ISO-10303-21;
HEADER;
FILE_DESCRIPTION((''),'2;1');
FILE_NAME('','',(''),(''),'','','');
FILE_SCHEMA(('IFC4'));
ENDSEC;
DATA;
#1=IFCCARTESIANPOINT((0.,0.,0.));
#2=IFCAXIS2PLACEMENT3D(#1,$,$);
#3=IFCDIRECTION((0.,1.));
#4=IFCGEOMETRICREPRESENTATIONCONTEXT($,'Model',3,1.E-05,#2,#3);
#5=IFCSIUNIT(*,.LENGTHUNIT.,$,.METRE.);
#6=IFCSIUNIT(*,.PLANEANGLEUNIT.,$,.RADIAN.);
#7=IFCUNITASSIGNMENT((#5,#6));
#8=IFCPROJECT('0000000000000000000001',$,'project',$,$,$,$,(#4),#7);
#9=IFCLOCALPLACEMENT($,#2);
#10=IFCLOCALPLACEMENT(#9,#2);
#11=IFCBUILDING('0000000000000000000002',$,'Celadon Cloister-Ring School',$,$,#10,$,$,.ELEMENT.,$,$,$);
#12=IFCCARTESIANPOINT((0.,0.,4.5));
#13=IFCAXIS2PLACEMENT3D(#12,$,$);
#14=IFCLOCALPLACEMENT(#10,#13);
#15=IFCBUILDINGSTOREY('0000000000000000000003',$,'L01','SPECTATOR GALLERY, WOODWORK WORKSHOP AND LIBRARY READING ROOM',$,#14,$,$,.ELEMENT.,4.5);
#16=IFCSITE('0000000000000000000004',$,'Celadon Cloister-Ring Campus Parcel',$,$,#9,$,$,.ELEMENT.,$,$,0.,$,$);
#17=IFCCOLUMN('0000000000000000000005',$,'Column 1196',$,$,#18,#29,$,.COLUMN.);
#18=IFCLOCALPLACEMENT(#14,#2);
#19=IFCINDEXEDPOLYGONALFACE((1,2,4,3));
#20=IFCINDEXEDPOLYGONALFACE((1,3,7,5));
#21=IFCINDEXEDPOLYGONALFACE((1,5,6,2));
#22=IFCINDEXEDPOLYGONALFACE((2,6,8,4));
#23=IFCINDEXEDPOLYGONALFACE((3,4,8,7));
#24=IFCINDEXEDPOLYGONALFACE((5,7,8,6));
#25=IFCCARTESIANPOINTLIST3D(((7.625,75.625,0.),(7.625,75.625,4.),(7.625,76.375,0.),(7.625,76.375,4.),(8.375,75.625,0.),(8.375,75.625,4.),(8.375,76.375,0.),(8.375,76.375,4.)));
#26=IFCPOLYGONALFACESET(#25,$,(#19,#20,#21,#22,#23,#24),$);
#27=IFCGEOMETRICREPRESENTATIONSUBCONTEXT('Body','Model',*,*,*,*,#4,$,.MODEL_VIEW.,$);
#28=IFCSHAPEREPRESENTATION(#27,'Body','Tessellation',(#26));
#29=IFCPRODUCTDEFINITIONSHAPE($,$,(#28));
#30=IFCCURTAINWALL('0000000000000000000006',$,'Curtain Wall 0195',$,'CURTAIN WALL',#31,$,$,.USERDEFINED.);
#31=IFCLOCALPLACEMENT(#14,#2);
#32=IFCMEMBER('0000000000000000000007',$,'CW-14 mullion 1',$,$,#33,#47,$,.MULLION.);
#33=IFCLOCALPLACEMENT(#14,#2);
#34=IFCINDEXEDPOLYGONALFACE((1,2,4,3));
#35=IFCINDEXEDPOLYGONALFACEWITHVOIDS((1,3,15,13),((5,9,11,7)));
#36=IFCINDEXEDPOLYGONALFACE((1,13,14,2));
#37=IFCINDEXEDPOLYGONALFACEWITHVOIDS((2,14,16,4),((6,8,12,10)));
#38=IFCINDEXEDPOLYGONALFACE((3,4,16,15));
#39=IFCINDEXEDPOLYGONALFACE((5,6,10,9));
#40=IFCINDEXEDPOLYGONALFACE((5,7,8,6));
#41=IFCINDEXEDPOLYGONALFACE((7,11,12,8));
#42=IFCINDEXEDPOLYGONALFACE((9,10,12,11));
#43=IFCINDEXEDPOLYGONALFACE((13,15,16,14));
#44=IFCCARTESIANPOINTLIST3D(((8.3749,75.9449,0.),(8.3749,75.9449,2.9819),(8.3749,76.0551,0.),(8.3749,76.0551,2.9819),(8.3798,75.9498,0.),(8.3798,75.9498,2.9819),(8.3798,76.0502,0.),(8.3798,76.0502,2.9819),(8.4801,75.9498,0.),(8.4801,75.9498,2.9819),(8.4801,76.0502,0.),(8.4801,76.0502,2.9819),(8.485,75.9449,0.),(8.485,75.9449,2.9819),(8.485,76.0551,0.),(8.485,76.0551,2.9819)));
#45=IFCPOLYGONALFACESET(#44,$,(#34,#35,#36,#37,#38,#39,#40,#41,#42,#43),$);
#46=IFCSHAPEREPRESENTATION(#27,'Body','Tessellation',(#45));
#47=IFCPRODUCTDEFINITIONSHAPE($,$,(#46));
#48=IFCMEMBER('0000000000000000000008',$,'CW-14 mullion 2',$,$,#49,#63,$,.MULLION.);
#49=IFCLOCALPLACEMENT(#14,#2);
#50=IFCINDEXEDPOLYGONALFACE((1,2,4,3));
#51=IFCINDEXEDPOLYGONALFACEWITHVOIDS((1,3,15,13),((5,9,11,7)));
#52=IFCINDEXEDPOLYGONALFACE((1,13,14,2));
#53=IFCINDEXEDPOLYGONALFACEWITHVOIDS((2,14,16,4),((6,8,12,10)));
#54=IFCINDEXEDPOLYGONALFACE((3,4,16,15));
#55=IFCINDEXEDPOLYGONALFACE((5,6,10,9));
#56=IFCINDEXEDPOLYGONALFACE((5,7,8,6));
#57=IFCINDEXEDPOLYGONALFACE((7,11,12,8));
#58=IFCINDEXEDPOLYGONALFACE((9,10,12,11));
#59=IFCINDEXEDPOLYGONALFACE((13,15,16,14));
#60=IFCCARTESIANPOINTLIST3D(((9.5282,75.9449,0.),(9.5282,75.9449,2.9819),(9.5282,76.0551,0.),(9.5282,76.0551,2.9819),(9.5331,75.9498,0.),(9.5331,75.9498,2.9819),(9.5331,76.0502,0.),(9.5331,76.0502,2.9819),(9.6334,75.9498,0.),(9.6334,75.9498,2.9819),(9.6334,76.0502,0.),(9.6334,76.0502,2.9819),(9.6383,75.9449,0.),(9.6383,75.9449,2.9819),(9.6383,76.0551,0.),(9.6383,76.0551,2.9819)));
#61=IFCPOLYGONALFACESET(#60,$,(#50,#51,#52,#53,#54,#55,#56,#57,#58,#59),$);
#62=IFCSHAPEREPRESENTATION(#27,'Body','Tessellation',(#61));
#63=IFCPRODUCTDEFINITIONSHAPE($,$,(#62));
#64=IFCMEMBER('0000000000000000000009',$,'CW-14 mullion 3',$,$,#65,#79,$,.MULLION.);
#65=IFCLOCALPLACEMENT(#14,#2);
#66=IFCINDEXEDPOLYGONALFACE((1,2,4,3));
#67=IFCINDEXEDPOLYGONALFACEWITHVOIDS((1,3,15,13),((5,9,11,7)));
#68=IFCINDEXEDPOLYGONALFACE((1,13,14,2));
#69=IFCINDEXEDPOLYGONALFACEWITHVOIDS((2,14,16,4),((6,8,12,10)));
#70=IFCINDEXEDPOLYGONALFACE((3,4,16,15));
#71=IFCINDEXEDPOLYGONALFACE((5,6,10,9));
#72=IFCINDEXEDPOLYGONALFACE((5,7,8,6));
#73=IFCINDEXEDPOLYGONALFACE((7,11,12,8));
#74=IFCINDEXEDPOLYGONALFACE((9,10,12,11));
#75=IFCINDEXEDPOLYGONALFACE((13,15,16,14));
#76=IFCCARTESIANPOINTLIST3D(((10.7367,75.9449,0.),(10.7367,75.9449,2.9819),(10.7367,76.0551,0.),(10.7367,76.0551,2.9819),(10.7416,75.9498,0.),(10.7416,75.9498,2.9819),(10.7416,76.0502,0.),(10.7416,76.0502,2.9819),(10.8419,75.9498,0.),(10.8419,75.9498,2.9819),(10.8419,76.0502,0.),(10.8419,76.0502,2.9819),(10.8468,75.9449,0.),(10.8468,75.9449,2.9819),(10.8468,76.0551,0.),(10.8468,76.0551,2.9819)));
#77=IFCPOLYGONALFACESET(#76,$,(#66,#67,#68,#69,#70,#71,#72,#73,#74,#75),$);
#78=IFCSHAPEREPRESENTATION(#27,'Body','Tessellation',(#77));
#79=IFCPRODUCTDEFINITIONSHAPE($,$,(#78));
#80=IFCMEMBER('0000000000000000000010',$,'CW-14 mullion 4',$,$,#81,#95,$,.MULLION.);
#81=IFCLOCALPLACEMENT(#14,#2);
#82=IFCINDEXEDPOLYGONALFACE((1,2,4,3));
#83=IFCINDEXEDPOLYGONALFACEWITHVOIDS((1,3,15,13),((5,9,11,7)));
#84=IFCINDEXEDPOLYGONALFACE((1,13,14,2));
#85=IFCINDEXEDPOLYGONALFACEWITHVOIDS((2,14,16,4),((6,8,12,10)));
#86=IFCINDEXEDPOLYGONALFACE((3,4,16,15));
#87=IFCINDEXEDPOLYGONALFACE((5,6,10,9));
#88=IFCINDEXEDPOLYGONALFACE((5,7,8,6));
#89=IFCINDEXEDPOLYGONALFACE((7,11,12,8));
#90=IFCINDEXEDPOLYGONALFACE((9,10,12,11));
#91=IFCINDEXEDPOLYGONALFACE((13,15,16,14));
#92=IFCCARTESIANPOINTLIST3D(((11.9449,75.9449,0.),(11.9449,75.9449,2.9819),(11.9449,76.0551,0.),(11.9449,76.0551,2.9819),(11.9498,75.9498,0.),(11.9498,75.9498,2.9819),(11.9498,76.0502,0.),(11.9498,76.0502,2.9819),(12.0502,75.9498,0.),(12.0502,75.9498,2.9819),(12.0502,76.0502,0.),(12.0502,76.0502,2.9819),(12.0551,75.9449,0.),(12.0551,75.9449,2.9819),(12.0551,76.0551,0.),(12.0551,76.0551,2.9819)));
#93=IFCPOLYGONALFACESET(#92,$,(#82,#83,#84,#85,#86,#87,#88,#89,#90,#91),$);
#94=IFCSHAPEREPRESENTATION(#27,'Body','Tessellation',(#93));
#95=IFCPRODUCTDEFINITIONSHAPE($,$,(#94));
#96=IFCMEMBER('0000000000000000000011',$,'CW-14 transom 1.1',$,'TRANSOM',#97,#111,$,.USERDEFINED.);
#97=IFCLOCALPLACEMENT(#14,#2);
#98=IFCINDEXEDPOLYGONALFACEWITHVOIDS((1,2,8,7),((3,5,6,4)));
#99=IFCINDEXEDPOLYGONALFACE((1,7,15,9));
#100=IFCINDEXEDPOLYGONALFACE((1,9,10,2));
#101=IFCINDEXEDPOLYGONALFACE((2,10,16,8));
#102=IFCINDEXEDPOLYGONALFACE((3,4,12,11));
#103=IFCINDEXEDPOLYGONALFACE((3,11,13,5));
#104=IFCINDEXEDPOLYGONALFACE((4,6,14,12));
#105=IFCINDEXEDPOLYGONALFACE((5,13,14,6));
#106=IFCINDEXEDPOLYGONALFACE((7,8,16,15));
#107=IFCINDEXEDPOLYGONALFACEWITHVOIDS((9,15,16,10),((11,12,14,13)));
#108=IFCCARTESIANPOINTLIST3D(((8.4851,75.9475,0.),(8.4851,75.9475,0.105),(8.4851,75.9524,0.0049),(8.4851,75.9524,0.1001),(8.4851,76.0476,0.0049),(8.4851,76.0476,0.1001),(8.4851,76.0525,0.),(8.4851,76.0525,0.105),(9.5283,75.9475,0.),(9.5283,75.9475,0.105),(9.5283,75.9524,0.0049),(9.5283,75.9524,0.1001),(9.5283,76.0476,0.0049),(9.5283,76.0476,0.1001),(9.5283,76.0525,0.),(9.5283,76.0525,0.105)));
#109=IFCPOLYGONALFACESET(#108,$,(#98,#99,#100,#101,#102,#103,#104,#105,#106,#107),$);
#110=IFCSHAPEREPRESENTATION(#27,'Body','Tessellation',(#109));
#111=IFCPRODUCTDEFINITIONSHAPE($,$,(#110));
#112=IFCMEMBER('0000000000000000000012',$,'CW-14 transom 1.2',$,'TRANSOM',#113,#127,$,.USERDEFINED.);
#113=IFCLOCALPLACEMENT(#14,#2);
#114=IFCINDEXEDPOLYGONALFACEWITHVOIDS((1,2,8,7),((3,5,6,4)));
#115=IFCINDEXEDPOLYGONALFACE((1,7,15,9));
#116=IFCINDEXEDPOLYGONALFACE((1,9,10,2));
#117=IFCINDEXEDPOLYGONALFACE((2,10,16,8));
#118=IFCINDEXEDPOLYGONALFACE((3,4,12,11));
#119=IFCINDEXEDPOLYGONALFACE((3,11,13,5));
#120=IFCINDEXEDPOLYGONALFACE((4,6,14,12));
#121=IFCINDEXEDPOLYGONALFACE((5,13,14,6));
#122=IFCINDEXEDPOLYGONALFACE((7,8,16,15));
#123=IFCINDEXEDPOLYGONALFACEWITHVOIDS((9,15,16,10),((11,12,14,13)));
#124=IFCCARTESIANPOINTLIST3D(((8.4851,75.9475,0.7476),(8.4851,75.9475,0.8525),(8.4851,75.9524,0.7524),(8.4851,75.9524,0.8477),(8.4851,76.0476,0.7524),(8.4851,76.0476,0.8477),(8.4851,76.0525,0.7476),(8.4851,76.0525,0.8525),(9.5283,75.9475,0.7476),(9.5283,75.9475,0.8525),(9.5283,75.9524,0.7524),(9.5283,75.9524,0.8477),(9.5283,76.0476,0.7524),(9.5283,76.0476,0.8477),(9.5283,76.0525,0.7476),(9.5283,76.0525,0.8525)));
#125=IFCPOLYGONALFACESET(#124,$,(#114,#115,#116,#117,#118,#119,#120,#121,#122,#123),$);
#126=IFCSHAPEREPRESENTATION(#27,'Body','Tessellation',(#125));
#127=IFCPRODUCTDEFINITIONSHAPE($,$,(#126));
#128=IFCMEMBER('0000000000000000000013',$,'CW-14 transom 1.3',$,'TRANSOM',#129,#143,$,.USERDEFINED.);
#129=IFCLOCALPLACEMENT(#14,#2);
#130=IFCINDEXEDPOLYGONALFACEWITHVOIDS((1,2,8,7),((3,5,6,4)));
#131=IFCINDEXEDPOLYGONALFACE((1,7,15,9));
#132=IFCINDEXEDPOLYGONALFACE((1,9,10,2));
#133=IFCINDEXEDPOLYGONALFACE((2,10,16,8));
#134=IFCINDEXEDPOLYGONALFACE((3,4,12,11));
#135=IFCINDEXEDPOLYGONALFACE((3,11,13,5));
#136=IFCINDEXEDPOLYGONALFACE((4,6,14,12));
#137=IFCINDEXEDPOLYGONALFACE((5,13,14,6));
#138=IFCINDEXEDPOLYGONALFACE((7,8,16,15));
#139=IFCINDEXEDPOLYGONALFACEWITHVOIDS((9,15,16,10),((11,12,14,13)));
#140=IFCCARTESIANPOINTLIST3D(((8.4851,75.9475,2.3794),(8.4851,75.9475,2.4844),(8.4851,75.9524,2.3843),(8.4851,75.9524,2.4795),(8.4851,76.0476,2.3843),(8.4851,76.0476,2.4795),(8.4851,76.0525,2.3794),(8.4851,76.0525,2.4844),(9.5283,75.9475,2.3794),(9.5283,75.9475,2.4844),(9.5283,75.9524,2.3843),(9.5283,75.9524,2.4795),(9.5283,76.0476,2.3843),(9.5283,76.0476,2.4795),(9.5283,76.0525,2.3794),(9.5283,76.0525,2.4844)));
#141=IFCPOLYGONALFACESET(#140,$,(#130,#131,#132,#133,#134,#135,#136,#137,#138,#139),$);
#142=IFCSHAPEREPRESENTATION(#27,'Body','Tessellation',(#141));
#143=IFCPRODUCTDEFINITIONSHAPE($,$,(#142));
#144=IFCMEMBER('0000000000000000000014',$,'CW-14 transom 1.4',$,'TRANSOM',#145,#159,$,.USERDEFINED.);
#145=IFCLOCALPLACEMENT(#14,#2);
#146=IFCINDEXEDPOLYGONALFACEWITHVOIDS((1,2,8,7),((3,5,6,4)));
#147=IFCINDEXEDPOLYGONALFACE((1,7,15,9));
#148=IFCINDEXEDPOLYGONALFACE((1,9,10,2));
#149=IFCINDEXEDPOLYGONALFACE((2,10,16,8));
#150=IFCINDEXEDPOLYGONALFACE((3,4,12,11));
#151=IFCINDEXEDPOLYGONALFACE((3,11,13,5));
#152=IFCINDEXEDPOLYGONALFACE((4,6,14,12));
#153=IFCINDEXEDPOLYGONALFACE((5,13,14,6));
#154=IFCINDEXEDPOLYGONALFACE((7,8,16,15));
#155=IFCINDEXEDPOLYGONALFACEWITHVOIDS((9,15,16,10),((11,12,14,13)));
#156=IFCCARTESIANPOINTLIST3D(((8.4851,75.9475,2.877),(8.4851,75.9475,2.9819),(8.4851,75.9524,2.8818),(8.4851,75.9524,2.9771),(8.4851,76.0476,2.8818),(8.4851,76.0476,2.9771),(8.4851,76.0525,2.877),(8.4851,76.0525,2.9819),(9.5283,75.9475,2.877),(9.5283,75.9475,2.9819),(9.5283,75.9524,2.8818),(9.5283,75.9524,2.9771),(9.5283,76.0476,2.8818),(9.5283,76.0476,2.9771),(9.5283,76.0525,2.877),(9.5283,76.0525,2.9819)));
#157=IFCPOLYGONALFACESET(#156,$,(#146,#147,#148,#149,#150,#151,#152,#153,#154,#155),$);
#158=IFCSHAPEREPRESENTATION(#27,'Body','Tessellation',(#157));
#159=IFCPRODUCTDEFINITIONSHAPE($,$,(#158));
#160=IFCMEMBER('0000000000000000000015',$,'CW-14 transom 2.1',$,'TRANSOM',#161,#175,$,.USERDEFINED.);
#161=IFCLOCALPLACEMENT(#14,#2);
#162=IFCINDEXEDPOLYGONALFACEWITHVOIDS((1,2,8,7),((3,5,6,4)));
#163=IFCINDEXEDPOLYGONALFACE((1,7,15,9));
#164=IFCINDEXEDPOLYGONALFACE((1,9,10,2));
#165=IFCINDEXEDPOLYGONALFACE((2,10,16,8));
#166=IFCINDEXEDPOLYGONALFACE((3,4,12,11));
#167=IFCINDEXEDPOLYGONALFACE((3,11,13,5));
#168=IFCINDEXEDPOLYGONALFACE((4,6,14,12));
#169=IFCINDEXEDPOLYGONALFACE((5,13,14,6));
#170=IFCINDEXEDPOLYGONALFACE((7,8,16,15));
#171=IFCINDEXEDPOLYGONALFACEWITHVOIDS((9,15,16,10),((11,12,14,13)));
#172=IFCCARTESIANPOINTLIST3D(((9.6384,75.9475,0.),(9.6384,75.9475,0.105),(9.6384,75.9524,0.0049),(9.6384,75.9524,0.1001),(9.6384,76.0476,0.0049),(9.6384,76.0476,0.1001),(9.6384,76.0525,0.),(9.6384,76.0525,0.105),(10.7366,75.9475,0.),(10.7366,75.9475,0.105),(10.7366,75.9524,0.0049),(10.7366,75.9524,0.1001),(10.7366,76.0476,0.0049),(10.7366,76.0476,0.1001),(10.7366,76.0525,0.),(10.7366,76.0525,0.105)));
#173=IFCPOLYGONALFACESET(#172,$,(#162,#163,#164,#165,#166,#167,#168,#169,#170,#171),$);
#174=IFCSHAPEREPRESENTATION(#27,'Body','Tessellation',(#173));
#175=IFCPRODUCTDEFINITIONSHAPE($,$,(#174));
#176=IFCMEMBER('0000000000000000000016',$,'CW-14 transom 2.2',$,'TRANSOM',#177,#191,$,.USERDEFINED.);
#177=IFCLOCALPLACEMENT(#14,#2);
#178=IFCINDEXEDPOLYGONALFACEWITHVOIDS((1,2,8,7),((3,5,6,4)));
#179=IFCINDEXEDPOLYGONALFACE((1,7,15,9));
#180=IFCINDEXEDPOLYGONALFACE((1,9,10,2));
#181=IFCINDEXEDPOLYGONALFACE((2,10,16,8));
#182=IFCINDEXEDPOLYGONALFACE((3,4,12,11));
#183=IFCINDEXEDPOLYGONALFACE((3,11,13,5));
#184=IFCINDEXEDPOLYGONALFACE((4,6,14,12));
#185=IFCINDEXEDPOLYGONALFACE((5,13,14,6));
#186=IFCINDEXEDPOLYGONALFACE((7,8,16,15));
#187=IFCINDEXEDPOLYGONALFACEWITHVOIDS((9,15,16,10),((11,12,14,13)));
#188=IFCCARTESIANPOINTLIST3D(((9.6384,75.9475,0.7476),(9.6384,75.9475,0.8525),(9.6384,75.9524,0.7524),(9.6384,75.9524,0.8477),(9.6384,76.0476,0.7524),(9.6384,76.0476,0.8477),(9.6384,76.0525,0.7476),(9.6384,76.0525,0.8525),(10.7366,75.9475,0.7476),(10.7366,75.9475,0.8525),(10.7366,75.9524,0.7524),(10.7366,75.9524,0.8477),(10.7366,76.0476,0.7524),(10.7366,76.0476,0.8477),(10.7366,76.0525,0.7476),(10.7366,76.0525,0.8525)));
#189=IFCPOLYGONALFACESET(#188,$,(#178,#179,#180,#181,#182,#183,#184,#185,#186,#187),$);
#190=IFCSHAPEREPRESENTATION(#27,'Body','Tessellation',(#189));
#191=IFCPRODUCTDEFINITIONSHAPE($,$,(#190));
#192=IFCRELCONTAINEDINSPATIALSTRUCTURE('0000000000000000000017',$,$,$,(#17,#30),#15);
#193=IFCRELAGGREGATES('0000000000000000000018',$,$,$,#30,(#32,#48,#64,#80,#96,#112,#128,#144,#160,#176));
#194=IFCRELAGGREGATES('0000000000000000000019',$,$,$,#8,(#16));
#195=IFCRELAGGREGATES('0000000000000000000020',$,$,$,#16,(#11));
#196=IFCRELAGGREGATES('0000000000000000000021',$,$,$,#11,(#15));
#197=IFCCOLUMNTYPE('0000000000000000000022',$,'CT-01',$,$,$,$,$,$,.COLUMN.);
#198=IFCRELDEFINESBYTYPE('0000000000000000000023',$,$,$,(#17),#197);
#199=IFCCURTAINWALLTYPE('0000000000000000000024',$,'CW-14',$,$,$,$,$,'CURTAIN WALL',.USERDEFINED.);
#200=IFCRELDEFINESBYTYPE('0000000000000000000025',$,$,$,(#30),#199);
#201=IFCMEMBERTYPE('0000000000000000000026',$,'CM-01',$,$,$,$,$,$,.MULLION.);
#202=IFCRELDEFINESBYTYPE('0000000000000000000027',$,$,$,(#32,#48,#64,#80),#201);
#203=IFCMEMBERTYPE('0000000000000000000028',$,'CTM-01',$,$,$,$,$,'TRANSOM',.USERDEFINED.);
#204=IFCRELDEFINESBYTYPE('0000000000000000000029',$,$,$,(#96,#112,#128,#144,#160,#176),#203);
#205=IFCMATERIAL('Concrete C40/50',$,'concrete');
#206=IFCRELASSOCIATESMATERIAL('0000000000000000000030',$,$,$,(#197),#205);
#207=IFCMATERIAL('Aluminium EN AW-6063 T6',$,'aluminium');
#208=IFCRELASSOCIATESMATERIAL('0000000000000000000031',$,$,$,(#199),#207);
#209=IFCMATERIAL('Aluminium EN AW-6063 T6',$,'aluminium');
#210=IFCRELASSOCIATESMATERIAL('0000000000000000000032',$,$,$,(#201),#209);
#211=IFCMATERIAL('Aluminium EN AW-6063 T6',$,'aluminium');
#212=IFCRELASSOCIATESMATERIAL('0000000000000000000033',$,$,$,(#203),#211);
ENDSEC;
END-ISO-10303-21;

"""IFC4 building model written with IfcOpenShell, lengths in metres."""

from ifc_helpers import new_model, si_unit, direction, frame, origin, origin_2d, place, context, subcontext, project, spatial, rectangle, hollow_rectangle, extrude, material, material_profile, profile_set, type_object, element, aggregate, save


model = new_model("IFC4")

# Units and contexts
model_context = context("Model", 3, precision=1e-05, world=origin(), true_north=direction((0.0, 1.0)))
body_context = subcontext(model_context, "Body", "Model", "MODEL_VIEW")
ifc_project = project(units=[si_unit("LENGTHUNIT", "METRE"), si_unit("PLANEANGLEUNIT", "RADIAN")], contexts=[model_context])

# Site, building, storey
site_placement = place(None, origin())
site = spatial("IfcSite", under=ifc_project, at=site_placement, Name="Celadon Cloister-Ring Campus Parcel", CompositionType="ELEMENT", RefElevation=0.0)
building_placement = place(site_placement, origin())
building = spatial("IfcBuilding", under=site, at=building_placement, Name="Celadon Cloister-Ring School", CompositionType="ELEMENT")
storey_placement = place(building_placement, frame((0.0, 0.0, 4.5)))
storey = spatial("IfcBuildingStorey", under=building, at=storey_placement, Name="L01", Description="SPECTATOR GALLERY, WOODWORK WORKSHOP AND LIBRARY READING ROOM", CompositionType="ELEMENT", Elevation=4.5)

# Column
ifc_material_1 = material(Name="Concrete C40/50", Category="concrete")
ifc_material_profile_1 = material_profile(ifc_material_1, rectangle(XDim=0.75, YDim=0.75, at=origin_2d()), Name="RC750X750")
ifc_profile_set_1 = profile_set([ifc_material_profile_1], Name="Concrete C40/50")
column_type = type_object("IfcColumnType", Name="CT-01", PredefinedType="COLUMN", material=ifc_profile_set_1)
column_placement = place(storey_placement, frame((8.0, 76.0, 0.0), z_axis=(0.0, 0.0, 1.0), x_axis=(1.0, 0.0, 0.0)))
element("IfcColumn", 1, at=column_placement, inside=storey, type_object=column_type, Name="Column 1196", PredefinedType="COLUMN", context=body_context, shape_type="SweptSolid", body=[
    extrude(rectangle(XDim=0.75, YDim=0.75, at=origin_2d()), origin(), (0.0, 0.0, 1.0), 4.0),
])

# Curtain wall, members
ifc_material_2 = material(Name="Aluminium EN AW-6063 T6", Category="aluminium")
curtain_wall_type = type_object("IfcCurtainWallType", Name="CW-14", ElementType="CURTAIN WALL", PredefinedType="USERDEFINED", material=ifc_material_2)
curtain_wall_placement = place(storey_placement, origin())
curtain_wall = element("IfcCurtainWall", 2, at=curtain_wall_placement, inside=storey, type_object=curtain_wall_type, Name="Curtain Wall 0195", ObjectType="CURTAIN WALL", PredefinedType="USERDEFINED")
ifc_material_3 = material(Name="Aluminium EN AW-6063 T6", Category="aluminium")
ifc_material_profile_2 = material_profile(ifc_material_3, hollow_rectangle(XDim=0.1101, YDim=0.1101, WallThickness=0.0049, at=origin_2d()), Name="RHS110X110X5")
ifc_profile_set_2 = profile_set([ifc_material_profile_2], Name="Aluminium EN AW-6063 T6")
member_type_1 = type_object("IfcMemberType", Name="CM-01", PredefinedType="MULLION", material=ifc_profile_set_2)
member_1_placement = place(storey_placement, frame((8.4299, 76.0, 0.0), z_axis=(0.0, 0.0, 1.0), x_axis=(0.0, 1.0, 0.0)))
member_1 = element("IfcMember", 3, at=member_1_placement, type_object=member_type_1, Name="CW-14 mullion 1", PredefinedType="MULLION", context=body_context, shape_type="SweptSolid", body=[
    extrude(hollow_rectangle(XDim=0.1101, YDim=0.1101, WallThickness=0.0049, at=origin_2d()), origin(), (0.0, 0.0, 1.0), 2.9819),
])
member_2_placement = place(storey_placement, frame((9.5833, 76.0, 0.0), z_axis=(0.0, 0.0, 1.0), x_axis=(0.0, 1.0, 0.0)))
member_2 = element("IfcMember", 4, at=member_2_placement, type_object=member_type_1, Name="CW-14 mullion 2", PredefinedType="MULLION", context=body_context, shape_type="SweptSolid", body=[
    extrude(hollow_rectangle(XDim=0.1101, YDim=0.1101, WallThickness=0.0049, at=origin_2d()), origin(), (0.0, 0.0, 1.0), 2.9819),
])
member_3_placement = place(storey_placement, frame((10.7917, 76.0, 0.0), z_axis=(0.0, 0.0, 1.0), x_axis=(0.0, 1.0, 0.0)))
member_3 = element("IfcMember", 5, at=member_3_placement, type_object=member_type_1, Name="CW-14 mullion 3", PredefinedType="MULLION", context=body_context, shape_type="SweptSolid", body=[
    extrude(hollow_rectangle(XDim=0.1101, YDim=0.1101, WallThickness=0.0049, at=origin_2d()), origin(), (0.0, 0.0, 1.0), 2.9819),
])
member_4_placement = place(storey_placement, frame((12.0, 76.0, 0.0), z_axis=(0.0, 0.0, 1.0), x_axis=(0.0, 1.0, 0.0)))
member_4 = element("IfcMember", 6, at=member_4_placement, type_object=member_type_1, Name="CW-14 mullion 4", PredefinedType="MULLION", context=body_context, shape_type="SweptSolid", body=[
    extrude(hollow_rectangle(XDim=0.1101, YDim=0.1101, WallThickness=0.0049, at=origin_2d()), origin(), (0.0, 0.0, 1.0), 2.9819),
])
ifc_material_4 = material(Name="Aluminium EN AW-6063 T6", Category="aluminium")
ifc_material_profile_3 = material_profile(ifc_material_4, hollow_rectangle(XDim=0.105, YDim=0.105, WallThickness=0.0049, at=origin_2d()), Name="RHS105X105X5")
ifc_profile_set_3 = profile_set([ifc_material_profile_3], Name="Aluminium EN AW-6063 T6")
member_type_2 = type_object("IfcMemberType", Name="CTM-01", ElementType="TRANSOM", PredefinedType="USERDEFINED", material=ifc_profile_set_3)
member_5_placement = place(storey_placement, frame((8.4851, 76.0, 0.0525), z_axis=(1.0, 0.0, 0.0), x_axis=(0.0, 1.0, 0.0)))
member_5 = element("IfcMember", 7, at=member_5_placement, type_object=member_type_2, Name="CW-14 transom 1.1", ObjectType="TRANSOM", PredefinedType="USERDEFINED", context=body_context, shape_type="SweptSolid", body=[
    extrude(hollow_rectangle(XDim=0.105, YDim=0.105, WallThickness=0.0049, at=origin_2d()), origin(), (0.0, 0.0, 1.0), 1.0432),
])
member_6_placement = place(storey_placement, frame((8.4851, 76.0, 0.8), z_axis=(1.0, 0.0, 0.0), x_axis=(0.0, 1.0, 0.0)))
member_6 = element("IfcMember", 8, at=member_6_placement, type_object=member_type_2, Name="CW-14 transom 1.2", ObjectType="TRANSOM", PredefinedType="USERDEFINED", context=body_context, shape_type="SweptSolid", body=[
    extrude(hollow_rectangle(XDim=0.105, YDim=0.105, WallThickness=0.0049, at=origin_2d()), origin(), (0.0, 0.0, 1.0), 1.0432),
])
member_7_placement = place(storey_placement, frame((8.4851, 76.0, 2.4319), z_axis=(1.0, 0.0, 0.0), x_axis=(0.0, 1.0, 0.0)))
member_7 = element("IfcMember", 9, at=member_7_placement, type_object=member_type_2, Name="CW-14 transom 1.3", ObjectType="TRANSOM", PredefinedType="USERDEFINED", context=body_context, shape_type="SweptSolid", body=[
    extrude(hollow_rectangle(XDim=0.105, YDim=0.105, WallThickness=0.0049, at=origin_2d()), origin(), (0.0, 0.0, 1.0), 1.0432),
])
member_8_placement = place(storey_placement, frame((8.4851, 76.0, 2.9294), z_axis=(1.0, 0.0, 0.0), x_axis=(0.0, 1.0, 0.0)))
member_8 = element("IfcMember", 10, at=member_8_placement, type_object=member_type_2, Name="CW-14 transom 1.4", ObjectType="TRANSOM", PredefinedType="USERDEFINED", context=body_context, shape_type="SweptSolid", body=[
    extrude(hollow_rectangle(XDim=0.105, YDim=0.105, WallThickness=0.0049, at=origin_2d()), origin(), (0.0, 0.0, 1.0), 1.0432),
])
member_9_placement = place(storey_placement, frame((9.6384, 76.0, 0.0525), z_axis=(1.0, 0.0, 0.0), x_axis=(0.0, 1.0, 0.0)))
member_9 = element("IfcMember", 11, at=member_9_placement, type_object=member_type_2, Name="CW-14 transom 2.1", ObjectType="TRANSOM", PredefinedType="USERDEFINED", context=body_context, shape_type="SweptSolid", body=[
    extrude(hollow_rectangle(XDim=0.105, YDim=0.105, WallThickness=0.0049, at=origin_2d()), origin(), (0.0, 0.0, 1.0), 1.0981),
])
member_10_placement = place(storey_placement, frame((9.6384, 76.0, 0.8), z_axis=(1.0, 0.0, 0.0), x_axis=(0.0, 1.0, 0.0)))
member_10 = element("IfcMember", 12, at=member_10_placement, type_object=member_type_2, Name="CW-14 transom 2.2", ObjectType="TRANSOM", PredefinedType="USERDEFINED", context=body_context, shape_type="SweptSolid", body=[
    extrude(hollow_rectangle(XDim=0.105, YDim=0.105, WallThickness=0.0049, at=origin_2d()), origin(), (0.0, 0.0, 1.0), 1.0981),
])

aggregate(curtain_wall, [member_1, member_2, member_3, member_4, member_5, member_6, member_7, member_8, member_9, member_10])

save(model, "model.ifc")
